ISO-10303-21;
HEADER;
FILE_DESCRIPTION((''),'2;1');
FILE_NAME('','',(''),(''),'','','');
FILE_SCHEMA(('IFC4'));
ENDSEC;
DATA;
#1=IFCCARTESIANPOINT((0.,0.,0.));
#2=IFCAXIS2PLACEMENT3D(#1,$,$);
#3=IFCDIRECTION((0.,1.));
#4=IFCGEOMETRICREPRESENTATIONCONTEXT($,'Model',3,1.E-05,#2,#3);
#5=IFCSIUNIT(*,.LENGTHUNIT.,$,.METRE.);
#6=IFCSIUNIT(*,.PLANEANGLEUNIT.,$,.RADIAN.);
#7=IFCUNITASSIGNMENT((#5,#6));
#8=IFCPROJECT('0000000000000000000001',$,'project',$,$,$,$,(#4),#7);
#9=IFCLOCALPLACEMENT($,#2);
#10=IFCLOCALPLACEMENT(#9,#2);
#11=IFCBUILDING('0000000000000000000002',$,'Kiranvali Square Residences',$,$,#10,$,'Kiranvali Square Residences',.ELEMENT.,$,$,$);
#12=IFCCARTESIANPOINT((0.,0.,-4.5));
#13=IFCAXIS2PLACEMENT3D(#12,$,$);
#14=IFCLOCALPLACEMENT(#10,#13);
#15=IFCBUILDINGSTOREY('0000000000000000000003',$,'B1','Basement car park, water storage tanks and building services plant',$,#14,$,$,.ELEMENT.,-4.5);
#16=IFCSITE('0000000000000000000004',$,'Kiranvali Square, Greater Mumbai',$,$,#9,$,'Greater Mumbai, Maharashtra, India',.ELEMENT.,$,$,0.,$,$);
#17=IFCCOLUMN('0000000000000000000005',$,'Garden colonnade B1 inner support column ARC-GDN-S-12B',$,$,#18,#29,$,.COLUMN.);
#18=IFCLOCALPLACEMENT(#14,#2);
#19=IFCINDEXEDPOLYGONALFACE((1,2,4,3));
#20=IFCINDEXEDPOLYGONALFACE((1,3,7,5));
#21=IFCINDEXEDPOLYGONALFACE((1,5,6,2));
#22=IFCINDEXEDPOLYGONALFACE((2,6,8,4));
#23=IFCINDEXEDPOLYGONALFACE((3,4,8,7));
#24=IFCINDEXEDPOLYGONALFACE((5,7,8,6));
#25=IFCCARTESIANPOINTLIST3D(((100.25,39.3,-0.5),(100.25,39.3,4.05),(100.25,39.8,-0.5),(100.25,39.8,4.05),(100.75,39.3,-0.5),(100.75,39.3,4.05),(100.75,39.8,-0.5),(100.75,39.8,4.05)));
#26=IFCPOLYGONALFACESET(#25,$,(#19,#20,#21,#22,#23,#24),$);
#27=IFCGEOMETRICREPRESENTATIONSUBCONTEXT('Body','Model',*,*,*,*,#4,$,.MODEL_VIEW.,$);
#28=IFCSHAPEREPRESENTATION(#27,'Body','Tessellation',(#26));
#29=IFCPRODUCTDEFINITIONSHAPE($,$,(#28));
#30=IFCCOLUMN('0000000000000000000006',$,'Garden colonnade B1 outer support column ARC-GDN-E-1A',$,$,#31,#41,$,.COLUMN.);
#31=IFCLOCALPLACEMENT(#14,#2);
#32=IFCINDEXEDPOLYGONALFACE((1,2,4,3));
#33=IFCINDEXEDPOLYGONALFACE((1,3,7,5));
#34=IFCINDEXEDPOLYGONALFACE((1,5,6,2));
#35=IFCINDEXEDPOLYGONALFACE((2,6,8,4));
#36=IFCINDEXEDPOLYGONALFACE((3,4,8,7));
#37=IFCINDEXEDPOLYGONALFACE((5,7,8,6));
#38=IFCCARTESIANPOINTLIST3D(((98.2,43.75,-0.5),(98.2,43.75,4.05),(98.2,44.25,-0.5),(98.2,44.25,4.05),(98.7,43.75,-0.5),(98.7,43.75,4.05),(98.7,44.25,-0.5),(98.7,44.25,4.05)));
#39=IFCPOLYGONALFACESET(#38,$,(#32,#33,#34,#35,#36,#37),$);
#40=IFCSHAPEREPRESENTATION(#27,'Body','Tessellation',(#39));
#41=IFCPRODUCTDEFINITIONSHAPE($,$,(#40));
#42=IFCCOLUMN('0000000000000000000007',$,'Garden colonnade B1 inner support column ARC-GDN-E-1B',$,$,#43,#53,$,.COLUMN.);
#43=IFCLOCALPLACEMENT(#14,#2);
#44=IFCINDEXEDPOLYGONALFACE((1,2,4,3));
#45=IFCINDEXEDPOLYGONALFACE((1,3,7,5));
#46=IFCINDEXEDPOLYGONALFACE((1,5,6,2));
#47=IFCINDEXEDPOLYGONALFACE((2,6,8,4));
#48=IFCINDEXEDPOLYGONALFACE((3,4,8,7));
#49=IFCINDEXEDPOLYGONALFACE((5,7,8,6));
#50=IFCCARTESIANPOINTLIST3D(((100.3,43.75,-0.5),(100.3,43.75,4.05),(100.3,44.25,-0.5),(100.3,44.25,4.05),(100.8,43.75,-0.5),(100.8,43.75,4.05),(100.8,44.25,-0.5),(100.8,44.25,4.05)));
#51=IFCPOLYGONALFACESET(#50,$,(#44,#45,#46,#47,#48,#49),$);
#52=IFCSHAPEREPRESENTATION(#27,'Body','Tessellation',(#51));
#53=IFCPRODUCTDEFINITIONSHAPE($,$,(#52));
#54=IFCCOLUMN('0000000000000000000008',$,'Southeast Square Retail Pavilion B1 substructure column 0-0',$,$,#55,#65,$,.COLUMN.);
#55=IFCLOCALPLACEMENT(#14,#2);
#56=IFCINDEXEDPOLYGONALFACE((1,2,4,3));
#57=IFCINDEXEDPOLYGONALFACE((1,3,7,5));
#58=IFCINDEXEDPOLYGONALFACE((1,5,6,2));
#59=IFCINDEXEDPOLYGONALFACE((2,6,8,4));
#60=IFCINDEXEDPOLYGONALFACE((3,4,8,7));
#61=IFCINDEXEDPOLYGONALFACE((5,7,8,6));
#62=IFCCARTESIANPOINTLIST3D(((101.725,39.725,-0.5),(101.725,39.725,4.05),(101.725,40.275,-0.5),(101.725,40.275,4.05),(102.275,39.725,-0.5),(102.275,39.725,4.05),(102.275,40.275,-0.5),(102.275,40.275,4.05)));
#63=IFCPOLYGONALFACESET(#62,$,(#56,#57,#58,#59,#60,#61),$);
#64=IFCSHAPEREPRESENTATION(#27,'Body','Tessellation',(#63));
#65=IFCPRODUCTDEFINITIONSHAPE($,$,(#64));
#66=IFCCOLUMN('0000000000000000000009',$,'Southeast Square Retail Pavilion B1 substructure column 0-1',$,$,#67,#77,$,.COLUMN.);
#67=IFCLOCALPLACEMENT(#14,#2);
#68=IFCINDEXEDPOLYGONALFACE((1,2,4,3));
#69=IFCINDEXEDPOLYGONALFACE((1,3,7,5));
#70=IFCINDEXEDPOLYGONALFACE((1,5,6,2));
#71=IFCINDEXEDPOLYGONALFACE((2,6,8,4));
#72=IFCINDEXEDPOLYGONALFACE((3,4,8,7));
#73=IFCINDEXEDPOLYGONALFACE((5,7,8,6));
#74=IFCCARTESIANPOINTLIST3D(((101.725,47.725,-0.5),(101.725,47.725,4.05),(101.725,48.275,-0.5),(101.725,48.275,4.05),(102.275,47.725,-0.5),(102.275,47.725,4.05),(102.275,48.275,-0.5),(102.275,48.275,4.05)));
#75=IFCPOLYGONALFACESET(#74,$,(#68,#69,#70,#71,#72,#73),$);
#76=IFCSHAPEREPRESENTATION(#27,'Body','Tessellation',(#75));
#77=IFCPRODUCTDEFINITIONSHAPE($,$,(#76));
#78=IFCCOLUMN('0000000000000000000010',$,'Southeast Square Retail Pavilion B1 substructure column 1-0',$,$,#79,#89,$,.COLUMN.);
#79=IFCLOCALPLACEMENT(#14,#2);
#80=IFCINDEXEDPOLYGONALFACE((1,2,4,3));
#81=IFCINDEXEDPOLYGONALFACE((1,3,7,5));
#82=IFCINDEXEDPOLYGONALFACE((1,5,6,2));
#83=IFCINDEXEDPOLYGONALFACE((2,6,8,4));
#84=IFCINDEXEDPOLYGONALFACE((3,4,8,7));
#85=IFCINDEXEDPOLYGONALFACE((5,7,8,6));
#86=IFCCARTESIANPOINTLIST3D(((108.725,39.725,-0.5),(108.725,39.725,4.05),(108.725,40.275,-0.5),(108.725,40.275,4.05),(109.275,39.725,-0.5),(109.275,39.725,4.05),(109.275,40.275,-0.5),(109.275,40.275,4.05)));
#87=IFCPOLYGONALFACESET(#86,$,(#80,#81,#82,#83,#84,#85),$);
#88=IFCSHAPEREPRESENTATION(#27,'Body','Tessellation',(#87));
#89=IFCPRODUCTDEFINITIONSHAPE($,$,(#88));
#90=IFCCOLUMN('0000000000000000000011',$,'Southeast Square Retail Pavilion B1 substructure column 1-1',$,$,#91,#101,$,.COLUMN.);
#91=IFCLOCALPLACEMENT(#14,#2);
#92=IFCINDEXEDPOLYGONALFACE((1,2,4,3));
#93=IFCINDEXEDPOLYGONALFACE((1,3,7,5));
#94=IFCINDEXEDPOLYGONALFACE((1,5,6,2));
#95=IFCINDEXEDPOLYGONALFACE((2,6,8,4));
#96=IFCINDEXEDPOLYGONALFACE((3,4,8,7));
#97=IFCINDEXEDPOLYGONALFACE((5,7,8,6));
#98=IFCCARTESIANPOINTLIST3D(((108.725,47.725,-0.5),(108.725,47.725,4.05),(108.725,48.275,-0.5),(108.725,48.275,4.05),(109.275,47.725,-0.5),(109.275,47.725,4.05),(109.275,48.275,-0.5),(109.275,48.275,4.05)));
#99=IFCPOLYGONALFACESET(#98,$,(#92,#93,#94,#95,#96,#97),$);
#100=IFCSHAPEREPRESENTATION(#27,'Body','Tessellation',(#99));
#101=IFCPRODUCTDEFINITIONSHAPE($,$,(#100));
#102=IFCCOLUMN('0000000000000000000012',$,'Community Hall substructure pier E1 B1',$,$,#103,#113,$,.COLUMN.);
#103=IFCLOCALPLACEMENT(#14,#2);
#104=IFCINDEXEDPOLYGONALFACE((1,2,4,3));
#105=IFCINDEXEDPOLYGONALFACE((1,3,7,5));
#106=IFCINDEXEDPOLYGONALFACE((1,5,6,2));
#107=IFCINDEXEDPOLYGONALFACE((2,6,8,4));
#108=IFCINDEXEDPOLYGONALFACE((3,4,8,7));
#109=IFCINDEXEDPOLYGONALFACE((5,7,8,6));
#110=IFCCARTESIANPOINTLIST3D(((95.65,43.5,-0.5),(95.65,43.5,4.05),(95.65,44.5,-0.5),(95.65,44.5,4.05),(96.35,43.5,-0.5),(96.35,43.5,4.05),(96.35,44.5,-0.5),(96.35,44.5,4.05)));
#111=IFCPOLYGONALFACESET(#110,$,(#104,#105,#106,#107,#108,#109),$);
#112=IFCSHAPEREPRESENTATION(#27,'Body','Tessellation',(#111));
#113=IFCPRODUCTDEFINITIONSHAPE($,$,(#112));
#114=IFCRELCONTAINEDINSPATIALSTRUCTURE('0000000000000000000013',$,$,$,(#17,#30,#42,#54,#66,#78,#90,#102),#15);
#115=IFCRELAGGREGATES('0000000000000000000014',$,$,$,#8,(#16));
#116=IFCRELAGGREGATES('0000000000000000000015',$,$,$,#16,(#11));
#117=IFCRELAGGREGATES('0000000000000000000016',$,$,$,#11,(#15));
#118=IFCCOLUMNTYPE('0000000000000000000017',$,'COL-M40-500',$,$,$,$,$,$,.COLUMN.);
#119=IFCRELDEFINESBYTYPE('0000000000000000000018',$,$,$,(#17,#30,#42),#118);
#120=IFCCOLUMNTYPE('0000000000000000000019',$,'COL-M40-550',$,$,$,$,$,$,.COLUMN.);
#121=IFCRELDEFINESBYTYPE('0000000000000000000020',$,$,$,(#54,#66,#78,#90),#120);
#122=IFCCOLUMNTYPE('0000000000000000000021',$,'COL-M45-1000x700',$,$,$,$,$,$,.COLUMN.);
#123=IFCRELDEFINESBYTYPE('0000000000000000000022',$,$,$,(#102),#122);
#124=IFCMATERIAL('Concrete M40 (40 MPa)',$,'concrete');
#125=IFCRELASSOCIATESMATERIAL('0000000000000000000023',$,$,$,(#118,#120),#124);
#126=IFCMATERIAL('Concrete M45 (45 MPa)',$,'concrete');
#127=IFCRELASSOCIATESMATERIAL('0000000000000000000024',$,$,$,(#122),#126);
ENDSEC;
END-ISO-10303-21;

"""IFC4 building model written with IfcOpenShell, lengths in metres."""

from ifc_helpers import new_model, si_unit, direction, frame, origin, origin_2d, place, context, subcontext, project, spatial, rectangle, extrude, material, material_profile, profile_set, type_object, element, save


model = new_model("IFC4")

# Units and contexts
model_context = context("Model", 3, precision=1e-05, world=origin(), true_north=direction((0.0, 1.0)))
body_context = subcontext(model_context, "Body", "Model", "MODEL_VIEW")
ifc_project = project(units=[si_unit("LENGTHUNIT", "METRE"), si_unit("PLANEANGLEUNIT", "RADIAN")], contexts=[model_context])

# Site, building, storey
site_placement = place(None, origin())
site = spatial("IfcSite", under=ifc_project, at=site_placement, Name="Kiranvali Square, Greater Mumbai", LongName="Greater Mumbai, Maharashtra, India", CompositionType="ELEMENT", RefElevation=0.0)
building_placement = place(site_placement, origin())
building = spatial("IfcBuilding", under=site, at=building_placement, Name="Kiranvali Square Residences", LongName="Kiranvali Square Residences", CompositionType="ELEMENT")
storey_placement = place(building_placement, frame((0.0, 0.0, -4.5)))
storey = spatial("IfcBuildingStorey", under=building, at=storey_placement, Name="B1", Description="Basement car park, water storage tanks and building services plant", CompositionType="ELEMENT", Elevation=-4.5)

# Shared definitions
ifc_material_1 = material(Name="Concrete M40 (40 MPa)", Category="concrete")

# Columns
ifc_material_profile_1 = material_profile(ifc_material_1, rectangle(XDim=0.5, YDim=0.5, at=origin_2d()), Name="RC 500x500")
ifc_profile_set_1 = profile_set([ifc_material_profile_1], Name="Concrete M40 (40 MPa)")
column_type_1 = type_object("IfcColumnType", Name="COL-M40-500", PredefinedType="COLUMN", material=ifc_profile_set_1)
for number, where, z_axis, x_axis, name in (
    (1, (100.5, 39.55, -0.5), (0.0, 0.0, 1.0), (1.0, 0.0, 0.0), "Garden colonnade B1 inner support column ARC-GDN-S-12B"),
    (2, (98.45, 44.0, -0.5), (0.0, 0.0, 1.0), (1.0, 0.0, 0.0), "Garden colonnade B1 outer support column ARC-GDN-E-1A"),
    (3, (100.55, 44.0, -0.5), (0.0, 0.0, 1.0), (1.0, 0.0, 0.0), "Garden colonnade B1 inner support column ARC-GDN-E-1B"),
):
    element("IfcColumn", number, at=place(storey_placement, frame(where, z_axis=z_axis, x_axis=x_axis)), inside=storey, type_object=column_type_1, Name=name, PredefinedType="COLUMN", context=body_context, shape_type="SweptSolid", body=[
        extrude(rectangle(XDim=0.5, YDim=0.5, at=origin_2d()), origin(), (0.0, 0.0, 1.0), 4.55),
    ])
ifc_material_profile_2 = material_profile(ifc_material_1, rectangle(XDim=0.55, YDim=0.55, at=origin_2d()), Name="RC 550x550")
ifc_profile_set_2 = profile_set([ifc_material_profile_2], Name="Concrete M40 (40 MPa)")
column_type_2 = type_object("IfcColumnType", Name="COL-M40-550", PredefinedType="COLUMN", material=ifc_profile_set_2)
for number, where, z_axis, x_axis, name in (
    (4, (102.0, 40.0, -0.5), (0.0, 0.0, 1.0), (1.0, 0.0, 0.0), "Southeast Square Retail Pavilion B1 substructure column 0-0"),
    (5, (102.0, 48.0, -0.5), (0.0, 0.0, 1.0), (1.0, 0.0, 0.0), "Southeast Square Retail Pavilion B1 substructure column 0-1"),
    (6, (109.0, 40.0, -0.5), (0.0, 0.0, 1.0), (1.0, 0.0, 0.0), "Southeast Square Retail Pavilion B1 substructure column 1-0"),
    (7, (109.0, 48.0, -0.5), (0.0, 0.0, 1.0), (1.0, 0.0, 0.0), "Southeast Square Retail Pavilion B1 substructure column 1-1"),
):
    element("IfcColumn", number, at=place(storey_placement, frame(where, z_axis=z_axis, x_axis=x_axis)), inside=storey, type_object=column_type_2, Name=name, PredefinedType="COLUMN", context=body_context, shape_type="SweptSolid", body=[
        extrude(rectangle(XDim=0.55, YDim=0.55, at=origin_2d()), origin(), (0.0, 0.0, 1.0), 4.55),
    ])
ifc_material_2 = material(Name="Concrete M45 (45 MPa)", Category="concrete")
ifc_material_profile_3 = material_profile(ifc_material_2, rectangle(XDim=0.7, YDim=1.0, at=origin_2d()), Name="RC 1000x700")
ifc_profile_set_3 = profile_set([ifc_material_profile_3], Name="Concrete M45 (45 MPa)")
column_type_3 = type_object("IfcColumnType", Name="COL-M45-1000x700", PredefinedType="COLUMN", material=ifc_profile_set_3)
column_placement = place(storey_placement, frame((96.0, 44.0, -0.5), z_axis=(0.0, 0.0, 1.0), x_axis=(1.0, 0.0, 0.0)))
element("IfcColumn", 8, at=column_placement, inside=storey, type_object=column_type_3, Name="Community Hall substructure pier E1 B1", PredefinedType="COLUMN", context=body_context, shape_type="SweptSolid", body=[
    extrude(rectangle(XDim=0.7, YDim=1.0, at=origin_2d()), origin(), (0.0, 0.0, 1.0), 4.55),
])

save(model, "model.ifc")
